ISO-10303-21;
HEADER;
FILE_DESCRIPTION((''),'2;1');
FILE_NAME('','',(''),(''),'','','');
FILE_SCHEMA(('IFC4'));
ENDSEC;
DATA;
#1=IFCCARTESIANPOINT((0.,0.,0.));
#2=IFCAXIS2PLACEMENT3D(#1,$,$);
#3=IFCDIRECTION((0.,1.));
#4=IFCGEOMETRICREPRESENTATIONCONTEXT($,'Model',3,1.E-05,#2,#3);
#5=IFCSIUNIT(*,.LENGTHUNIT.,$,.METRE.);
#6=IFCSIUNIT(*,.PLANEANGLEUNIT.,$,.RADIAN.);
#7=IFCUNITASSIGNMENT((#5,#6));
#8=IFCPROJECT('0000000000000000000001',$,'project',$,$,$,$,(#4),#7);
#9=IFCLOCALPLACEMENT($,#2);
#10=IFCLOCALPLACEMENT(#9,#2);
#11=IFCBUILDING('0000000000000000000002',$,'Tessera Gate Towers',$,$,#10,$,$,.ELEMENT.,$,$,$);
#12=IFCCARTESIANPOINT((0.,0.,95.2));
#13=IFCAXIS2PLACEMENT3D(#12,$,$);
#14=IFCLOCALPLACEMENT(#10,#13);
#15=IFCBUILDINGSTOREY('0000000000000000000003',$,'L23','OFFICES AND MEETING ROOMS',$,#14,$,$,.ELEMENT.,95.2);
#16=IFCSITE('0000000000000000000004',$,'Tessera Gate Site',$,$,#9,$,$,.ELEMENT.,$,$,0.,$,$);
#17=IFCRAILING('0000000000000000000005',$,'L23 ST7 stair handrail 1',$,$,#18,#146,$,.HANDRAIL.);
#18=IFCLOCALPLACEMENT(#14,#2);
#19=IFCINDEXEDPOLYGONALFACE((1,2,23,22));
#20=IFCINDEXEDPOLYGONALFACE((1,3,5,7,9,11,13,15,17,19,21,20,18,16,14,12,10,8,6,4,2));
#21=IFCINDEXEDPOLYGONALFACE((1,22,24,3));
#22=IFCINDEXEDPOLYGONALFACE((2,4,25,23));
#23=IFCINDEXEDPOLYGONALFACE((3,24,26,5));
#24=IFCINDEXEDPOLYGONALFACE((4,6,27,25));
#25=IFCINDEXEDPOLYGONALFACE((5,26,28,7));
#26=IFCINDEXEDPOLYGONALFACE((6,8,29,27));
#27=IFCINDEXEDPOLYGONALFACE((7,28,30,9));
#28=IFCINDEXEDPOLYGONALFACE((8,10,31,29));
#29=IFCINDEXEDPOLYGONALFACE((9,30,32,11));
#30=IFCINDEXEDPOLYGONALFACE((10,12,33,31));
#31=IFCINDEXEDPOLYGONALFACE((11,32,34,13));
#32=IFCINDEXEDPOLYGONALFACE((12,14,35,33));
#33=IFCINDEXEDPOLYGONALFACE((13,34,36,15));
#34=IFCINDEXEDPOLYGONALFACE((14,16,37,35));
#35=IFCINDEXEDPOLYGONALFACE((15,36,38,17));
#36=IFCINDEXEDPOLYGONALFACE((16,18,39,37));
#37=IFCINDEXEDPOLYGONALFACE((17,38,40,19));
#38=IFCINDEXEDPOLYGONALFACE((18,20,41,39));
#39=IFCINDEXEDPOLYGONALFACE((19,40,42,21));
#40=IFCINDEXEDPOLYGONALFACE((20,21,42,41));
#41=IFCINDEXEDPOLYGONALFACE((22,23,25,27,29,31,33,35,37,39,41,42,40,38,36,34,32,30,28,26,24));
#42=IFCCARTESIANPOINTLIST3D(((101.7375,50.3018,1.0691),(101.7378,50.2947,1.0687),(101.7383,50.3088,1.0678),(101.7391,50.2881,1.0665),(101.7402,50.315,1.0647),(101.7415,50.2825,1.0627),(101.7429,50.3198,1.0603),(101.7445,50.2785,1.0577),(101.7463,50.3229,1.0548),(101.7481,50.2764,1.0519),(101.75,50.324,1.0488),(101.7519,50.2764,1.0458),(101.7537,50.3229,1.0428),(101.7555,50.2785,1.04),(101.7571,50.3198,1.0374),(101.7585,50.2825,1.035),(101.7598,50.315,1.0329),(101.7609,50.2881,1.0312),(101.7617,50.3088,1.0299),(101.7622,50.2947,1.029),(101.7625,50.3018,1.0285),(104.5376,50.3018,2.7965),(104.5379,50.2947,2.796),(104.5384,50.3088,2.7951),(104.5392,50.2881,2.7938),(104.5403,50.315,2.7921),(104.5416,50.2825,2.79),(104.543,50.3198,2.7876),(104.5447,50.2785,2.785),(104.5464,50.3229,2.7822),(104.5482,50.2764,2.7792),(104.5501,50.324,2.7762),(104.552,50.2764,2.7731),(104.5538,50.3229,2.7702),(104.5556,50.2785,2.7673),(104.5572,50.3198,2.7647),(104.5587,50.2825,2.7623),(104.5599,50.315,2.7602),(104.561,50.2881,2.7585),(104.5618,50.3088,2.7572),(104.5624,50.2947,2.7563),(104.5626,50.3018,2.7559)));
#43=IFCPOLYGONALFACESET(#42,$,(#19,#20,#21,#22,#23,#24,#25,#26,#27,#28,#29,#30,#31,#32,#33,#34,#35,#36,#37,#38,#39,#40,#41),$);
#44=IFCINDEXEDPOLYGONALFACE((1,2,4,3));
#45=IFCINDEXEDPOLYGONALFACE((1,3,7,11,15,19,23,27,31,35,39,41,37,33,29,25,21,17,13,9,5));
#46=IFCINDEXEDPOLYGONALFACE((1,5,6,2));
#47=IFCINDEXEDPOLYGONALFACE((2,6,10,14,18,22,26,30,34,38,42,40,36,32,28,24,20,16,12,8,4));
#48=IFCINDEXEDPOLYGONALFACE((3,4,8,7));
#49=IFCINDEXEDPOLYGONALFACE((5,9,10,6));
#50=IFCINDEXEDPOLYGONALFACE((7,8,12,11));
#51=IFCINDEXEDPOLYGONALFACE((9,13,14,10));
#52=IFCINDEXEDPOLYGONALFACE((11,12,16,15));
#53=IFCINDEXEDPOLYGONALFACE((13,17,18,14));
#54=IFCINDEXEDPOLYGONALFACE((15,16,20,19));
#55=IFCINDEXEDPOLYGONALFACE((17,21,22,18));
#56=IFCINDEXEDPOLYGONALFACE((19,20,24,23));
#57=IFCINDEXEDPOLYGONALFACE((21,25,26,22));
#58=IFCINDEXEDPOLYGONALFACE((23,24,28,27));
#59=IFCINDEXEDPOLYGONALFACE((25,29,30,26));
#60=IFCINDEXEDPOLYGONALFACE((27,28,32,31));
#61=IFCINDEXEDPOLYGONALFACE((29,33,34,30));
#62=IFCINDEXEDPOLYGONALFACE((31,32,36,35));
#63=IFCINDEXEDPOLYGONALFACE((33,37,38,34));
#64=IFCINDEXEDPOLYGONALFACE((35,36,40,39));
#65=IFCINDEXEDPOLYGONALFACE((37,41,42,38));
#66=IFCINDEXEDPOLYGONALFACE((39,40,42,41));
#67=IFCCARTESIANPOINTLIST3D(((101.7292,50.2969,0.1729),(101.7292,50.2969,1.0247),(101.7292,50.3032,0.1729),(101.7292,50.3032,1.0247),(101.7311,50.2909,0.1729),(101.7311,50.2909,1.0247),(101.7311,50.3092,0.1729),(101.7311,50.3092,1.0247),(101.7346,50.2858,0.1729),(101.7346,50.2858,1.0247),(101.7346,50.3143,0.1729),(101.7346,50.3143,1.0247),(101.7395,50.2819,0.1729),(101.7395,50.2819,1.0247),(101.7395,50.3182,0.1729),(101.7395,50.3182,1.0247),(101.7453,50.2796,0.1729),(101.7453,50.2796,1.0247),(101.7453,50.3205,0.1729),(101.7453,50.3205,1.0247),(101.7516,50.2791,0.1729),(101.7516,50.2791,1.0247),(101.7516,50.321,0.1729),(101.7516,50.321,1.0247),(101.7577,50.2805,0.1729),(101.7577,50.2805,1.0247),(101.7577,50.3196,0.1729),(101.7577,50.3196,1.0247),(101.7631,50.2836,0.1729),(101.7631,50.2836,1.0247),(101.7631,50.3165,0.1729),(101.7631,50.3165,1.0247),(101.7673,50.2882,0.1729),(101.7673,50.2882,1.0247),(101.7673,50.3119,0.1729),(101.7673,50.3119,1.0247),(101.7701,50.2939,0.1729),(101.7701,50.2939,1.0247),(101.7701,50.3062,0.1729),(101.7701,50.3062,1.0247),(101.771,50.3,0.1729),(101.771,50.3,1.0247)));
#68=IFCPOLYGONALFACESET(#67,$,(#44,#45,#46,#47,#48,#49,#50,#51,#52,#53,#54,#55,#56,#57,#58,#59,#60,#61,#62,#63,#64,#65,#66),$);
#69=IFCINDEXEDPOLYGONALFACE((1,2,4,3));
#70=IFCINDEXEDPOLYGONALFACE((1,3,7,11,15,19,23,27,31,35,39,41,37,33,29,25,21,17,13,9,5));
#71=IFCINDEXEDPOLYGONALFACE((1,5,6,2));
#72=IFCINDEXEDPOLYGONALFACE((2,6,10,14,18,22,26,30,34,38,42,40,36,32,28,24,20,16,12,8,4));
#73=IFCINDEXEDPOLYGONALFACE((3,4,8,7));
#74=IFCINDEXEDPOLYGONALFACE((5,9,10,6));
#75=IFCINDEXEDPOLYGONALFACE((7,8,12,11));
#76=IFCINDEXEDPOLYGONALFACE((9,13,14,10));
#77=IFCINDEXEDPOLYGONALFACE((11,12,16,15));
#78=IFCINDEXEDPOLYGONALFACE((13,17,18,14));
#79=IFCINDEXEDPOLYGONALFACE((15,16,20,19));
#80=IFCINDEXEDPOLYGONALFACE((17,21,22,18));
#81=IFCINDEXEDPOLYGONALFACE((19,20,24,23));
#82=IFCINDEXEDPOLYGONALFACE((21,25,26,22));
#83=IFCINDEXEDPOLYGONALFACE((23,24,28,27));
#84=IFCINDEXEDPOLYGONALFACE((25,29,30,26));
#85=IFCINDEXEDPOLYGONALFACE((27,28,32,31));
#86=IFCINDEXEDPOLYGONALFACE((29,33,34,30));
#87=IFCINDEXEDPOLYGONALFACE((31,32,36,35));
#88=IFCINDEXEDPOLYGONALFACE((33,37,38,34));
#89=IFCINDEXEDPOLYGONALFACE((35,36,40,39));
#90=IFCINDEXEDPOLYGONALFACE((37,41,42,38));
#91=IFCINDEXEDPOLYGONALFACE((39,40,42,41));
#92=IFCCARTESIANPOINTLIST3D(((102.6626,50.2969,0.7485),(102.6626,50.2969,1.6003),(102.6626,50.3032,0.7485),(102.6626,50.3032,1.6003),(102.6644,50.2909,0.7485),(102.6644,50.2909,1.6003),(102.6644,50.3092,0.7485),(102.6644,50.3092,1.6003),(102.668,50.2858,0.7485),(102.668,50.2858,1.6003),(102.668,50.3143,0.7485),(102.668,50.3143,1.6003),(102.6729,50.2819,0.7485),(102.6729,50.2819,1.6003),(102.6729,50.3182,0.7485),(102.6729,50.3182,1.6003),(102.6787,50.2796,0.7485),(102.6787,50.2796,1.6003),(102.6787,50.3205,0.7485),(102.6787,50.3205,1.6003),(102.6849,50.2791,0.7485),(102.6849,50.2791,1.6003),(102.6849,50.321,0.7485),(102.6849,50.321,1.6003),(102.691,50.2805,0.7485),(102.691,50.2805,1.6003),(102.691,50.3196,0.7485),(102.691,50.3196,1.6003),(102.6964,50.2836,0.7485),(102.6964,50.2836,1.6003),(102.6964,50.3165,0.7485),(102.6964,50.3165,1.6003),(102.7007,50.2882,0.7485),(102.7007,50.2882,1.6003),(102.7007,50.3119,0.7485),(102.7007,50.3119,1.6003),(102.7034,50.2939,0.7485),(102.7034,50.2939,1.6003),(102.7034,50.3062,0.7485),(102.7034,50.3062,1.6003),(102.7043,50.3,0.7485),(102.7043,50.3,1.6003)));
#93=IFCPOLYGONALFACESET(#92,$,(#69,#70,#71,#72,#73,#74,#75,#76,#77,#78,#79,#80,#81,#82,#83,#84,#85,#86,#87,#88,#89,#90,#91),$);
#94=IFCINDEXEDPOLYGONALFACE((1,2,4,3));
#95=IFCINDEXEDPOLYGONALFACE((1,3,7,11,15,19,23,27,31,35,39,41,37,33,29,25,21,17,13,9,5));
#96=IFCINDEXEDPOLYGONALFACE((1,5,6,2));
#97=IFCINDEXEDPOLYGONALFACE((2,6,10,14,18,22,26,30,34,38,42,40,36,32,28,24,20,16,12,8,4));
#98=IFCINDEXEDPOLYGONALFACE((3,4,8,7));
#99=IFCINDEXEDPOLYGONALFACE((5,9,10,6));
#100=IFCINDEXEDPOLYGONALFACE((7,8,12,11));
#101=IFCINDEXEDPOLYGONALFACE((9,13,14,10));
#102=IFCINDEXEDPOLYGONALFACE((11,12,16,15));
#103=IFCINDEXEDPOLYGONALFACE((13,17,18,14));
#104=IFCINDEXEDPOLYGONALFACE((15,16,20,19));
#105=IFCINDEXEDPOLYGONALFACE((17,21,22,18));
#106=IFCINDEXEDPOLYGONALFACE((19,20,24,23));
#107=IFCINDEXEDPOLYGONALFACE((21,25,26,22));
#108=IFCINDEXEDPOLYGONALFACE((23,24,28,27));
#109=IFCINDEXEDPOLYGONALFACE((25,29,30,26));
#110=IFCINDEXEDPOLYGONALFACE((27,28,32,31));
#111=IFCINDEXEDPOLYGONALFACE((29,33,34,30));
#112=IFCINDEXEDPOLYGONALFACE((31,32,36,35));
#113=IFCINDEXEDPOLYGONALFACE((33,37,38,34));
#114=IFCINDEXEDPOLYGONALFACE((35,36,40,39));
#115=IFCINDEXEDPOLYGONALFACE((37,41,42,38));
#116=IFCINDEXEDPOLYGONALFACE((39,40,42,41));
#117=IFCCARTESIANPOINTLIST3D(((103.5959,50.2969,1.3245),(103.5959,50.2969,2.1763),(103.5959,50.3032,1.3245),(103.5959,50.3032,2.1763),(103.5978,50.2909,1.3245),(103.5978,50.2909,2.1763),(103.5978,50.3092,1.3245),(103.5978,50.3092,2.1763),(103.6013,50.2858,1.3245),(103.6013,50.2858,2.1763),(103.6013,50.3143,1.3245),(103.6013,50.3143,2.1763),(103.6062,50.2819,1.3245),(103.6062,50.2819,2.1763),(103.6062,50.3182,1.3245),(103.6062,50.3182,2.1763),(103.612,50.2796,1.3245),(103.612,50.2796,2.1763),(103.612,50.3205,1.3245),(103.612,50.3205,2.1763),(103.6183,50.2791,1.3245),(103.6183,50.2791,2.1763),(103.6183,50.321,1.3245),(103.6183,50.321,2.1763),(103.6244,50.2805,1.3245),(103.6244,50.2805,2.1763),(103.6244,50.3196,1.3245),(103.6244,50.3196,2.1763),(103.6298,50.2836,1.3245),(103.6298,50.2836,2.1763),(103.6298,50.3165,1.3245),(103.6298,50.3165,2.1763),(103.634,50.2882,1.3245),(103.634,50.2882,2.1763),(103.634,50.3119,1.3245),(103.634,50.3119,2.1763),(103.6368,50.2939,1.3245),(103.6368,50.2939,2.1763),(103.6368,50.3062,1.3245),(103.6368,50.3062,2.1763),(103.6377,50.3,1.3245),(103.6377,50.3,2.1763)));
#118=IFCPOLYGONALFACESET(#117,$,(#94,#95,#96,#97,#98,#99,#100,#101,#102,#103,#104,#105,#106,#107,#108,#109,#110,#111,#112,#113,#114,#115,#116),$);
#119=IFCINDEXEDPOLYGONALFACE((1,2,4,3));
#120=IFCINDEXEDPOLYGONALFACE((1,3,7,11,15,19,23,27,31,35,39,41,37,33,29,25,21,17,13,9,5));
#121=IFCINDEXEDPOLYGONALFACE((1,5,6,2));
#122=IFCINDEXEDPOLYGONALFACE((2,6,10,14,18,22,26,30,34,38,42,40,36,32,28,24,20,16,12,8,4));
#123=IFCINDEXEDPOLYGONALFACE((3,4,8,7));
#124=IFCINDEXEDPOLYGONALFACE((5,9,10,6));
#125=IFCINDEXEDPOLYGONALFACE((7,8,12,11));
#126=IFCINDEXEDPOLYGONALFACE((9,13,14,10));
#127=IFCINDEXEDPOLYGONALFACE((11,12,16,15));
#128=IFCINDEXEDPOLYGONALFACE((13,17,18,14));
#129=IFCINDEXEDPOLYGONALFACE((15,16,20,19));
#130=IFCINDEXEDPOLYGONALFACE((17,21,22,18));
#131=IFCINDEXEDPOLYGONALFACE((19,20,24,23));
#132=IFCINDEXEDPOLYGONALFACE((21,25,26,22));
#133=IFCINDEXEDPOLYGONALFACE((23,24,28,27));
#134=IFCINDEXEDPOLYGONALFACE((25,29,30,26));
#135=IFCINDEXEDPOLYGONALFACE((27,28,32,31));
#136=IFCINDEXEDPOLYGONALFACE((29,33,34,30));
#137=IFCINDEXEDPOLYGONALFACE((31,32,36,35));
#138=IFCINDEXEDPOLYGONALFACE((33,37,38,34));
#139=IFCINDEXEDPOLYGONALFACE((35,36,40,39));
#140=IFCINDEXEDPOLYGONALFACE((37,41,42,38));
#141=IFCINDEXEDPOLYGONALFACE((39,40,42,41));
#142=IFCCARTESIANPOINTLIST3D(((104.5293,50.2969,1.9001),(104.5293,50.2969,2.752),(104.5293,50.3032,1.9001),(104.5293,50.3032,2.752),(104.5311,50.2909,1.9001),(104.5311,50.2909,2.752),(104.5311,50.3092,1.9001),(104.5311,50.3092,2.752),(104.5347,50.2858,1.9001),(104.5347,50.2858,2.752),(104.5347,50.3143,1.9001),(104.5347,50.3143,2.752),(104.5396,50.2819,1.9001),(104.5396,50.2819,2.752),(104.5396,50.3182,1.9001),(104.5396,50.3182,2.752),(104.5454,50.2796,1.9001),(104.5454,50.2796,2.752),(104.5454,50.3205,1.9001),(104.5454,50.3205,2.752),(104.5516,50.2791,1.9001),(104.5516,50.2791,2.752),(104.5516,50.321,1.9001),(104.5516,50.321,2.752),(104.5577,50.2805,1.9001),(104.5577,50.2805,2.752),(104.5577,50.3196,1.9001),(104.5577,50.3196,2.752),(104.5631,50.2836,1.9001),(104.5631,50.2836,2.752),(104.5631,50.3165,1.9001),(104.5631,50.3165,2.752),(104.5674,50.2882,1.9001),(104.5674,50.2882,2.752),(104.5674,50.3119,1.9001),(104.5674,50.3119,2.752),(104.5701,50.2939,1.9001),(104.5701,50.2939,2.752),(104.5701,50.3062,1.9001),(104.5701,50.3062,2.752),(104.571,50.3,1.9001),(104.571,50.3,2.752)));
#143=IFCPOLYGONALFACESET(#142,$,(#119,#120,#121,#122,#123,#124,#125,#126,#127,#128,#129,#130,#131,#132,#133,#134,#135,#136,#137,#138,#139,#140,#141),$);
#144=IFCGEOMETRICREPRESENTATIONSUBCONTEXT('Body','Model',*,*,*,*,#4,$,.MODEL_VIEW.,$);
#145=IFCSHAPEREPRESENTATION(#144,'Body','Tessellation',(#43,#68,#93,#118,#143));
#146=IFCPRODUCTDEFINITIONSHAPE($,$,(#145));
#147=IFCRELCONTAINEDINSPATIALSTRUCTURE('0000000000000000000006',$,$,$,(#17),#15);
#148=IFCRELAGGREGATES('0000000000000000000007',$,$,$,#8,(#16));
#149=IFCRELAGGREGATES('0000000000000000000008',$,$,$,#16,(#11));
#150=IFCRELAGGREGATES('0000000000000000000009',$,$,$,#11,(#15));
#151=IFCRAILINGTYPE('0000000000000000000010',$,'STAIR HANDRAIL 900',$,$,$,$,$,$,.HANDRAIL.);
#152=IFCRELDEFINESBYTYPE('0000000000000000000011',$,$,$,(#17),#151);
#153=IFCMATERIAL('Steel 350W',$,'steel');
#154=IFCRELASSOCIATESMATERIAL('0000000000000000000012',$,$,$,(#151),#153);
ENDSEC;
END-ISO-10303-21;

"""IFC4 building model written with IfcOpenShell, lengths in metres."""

from ifc_helpers import new_model, si_unit, direction, frame, origin, origin_2d, place, context, subcontext, project, spatial, circle, extrude, material, type_object, element, save


model = new_model("IFC4")

# Units and contexts
model_context = context("Model", 3, precision=1e-05, world=origin(), true_north=direction((0.0, 1.0)))
body_context = subcontext(model_context, "Body", "Model", "MODEL_VIEW")
ifc_project = project(units=[si_unit("LENGTHUNIT", "METRE"), si_unit("PLANEANGLEUNIT", "RADIAN")], contexts=[model_context])

# Site, building, storey
site_placement = place(None, origin())
site = spatial("IfcSite", under=ifc_project, at=site_placement, Name="Tessera Gate Site", CompositionType="ELEMENT", RefElevation=0.0)
building_placement = place(site_placement, origin())
building = spatial("IfcBuilding", under=site, at=building_placement, Name="Tessera Gate Towers", CompositionType="ELEMENT")
storey_placement = place(building_placement, frame((0.0, 0.0, 95.2)))
storey = spatial("IfcBuildingStorey", under=building, at=storey_placement, Name="L23", Description="OFFICES AND MEETING ROOMS", CompositionType="ELEMENT", Elevation=95.2)

# Railing
ifc_material_1 = material(Name="Steel 350W", Category="steel")
railing_type_1 = type_object("IfcRailingType", Name="STAIR HANDRAIL 900", PredefinedType="HANDRAIL", material=ifc_material_1)
railing_1_placement = place(storey_placement, frame((101.75, 50.3, 0.1729)))
element("IfcRailing", 1, at=railing_1_placement, inside=storey, type_object=railing_type_1, Name="L23 ST7 stair handrail 1", PredefinedType="HANDRAIL", context=body_context, shape_type="SweptSolid", body=[
    extrude(circle(Radius=0.0239, at=origin_2d()), frame((0.0, 0.0, 0.876), z_axis=(0.85109, 0.0, 0.52502), x_axis=(0.0, 1.0, 0.0)), (0.0, 0.0, 1.0), 3.29),
    extrude(circle(Radius=0.021, at=origin_2d()), origin(), (0.0, 0.0, 1.0), 0.8518),
    extrude(circle(Radius=0.021, at=origin_2d()), frame((0.9333, 0.0, 0.5757)), (0.0, 0.0, 1.0), 0.8518),
    extrude(circle(Radius=0.021, at=origin_2d()), frame((1.8667, 0.0, 1.1516)), (0.0, 0.0, 1.0), 0.8518),
    extrude(circle(Radius=0.021, at=origin_2d()), frame((2.8, 0.0, 1.7273)), (0.0, 0.0, 1.0), 0.8518),
])

save(model, "model.ifc")
